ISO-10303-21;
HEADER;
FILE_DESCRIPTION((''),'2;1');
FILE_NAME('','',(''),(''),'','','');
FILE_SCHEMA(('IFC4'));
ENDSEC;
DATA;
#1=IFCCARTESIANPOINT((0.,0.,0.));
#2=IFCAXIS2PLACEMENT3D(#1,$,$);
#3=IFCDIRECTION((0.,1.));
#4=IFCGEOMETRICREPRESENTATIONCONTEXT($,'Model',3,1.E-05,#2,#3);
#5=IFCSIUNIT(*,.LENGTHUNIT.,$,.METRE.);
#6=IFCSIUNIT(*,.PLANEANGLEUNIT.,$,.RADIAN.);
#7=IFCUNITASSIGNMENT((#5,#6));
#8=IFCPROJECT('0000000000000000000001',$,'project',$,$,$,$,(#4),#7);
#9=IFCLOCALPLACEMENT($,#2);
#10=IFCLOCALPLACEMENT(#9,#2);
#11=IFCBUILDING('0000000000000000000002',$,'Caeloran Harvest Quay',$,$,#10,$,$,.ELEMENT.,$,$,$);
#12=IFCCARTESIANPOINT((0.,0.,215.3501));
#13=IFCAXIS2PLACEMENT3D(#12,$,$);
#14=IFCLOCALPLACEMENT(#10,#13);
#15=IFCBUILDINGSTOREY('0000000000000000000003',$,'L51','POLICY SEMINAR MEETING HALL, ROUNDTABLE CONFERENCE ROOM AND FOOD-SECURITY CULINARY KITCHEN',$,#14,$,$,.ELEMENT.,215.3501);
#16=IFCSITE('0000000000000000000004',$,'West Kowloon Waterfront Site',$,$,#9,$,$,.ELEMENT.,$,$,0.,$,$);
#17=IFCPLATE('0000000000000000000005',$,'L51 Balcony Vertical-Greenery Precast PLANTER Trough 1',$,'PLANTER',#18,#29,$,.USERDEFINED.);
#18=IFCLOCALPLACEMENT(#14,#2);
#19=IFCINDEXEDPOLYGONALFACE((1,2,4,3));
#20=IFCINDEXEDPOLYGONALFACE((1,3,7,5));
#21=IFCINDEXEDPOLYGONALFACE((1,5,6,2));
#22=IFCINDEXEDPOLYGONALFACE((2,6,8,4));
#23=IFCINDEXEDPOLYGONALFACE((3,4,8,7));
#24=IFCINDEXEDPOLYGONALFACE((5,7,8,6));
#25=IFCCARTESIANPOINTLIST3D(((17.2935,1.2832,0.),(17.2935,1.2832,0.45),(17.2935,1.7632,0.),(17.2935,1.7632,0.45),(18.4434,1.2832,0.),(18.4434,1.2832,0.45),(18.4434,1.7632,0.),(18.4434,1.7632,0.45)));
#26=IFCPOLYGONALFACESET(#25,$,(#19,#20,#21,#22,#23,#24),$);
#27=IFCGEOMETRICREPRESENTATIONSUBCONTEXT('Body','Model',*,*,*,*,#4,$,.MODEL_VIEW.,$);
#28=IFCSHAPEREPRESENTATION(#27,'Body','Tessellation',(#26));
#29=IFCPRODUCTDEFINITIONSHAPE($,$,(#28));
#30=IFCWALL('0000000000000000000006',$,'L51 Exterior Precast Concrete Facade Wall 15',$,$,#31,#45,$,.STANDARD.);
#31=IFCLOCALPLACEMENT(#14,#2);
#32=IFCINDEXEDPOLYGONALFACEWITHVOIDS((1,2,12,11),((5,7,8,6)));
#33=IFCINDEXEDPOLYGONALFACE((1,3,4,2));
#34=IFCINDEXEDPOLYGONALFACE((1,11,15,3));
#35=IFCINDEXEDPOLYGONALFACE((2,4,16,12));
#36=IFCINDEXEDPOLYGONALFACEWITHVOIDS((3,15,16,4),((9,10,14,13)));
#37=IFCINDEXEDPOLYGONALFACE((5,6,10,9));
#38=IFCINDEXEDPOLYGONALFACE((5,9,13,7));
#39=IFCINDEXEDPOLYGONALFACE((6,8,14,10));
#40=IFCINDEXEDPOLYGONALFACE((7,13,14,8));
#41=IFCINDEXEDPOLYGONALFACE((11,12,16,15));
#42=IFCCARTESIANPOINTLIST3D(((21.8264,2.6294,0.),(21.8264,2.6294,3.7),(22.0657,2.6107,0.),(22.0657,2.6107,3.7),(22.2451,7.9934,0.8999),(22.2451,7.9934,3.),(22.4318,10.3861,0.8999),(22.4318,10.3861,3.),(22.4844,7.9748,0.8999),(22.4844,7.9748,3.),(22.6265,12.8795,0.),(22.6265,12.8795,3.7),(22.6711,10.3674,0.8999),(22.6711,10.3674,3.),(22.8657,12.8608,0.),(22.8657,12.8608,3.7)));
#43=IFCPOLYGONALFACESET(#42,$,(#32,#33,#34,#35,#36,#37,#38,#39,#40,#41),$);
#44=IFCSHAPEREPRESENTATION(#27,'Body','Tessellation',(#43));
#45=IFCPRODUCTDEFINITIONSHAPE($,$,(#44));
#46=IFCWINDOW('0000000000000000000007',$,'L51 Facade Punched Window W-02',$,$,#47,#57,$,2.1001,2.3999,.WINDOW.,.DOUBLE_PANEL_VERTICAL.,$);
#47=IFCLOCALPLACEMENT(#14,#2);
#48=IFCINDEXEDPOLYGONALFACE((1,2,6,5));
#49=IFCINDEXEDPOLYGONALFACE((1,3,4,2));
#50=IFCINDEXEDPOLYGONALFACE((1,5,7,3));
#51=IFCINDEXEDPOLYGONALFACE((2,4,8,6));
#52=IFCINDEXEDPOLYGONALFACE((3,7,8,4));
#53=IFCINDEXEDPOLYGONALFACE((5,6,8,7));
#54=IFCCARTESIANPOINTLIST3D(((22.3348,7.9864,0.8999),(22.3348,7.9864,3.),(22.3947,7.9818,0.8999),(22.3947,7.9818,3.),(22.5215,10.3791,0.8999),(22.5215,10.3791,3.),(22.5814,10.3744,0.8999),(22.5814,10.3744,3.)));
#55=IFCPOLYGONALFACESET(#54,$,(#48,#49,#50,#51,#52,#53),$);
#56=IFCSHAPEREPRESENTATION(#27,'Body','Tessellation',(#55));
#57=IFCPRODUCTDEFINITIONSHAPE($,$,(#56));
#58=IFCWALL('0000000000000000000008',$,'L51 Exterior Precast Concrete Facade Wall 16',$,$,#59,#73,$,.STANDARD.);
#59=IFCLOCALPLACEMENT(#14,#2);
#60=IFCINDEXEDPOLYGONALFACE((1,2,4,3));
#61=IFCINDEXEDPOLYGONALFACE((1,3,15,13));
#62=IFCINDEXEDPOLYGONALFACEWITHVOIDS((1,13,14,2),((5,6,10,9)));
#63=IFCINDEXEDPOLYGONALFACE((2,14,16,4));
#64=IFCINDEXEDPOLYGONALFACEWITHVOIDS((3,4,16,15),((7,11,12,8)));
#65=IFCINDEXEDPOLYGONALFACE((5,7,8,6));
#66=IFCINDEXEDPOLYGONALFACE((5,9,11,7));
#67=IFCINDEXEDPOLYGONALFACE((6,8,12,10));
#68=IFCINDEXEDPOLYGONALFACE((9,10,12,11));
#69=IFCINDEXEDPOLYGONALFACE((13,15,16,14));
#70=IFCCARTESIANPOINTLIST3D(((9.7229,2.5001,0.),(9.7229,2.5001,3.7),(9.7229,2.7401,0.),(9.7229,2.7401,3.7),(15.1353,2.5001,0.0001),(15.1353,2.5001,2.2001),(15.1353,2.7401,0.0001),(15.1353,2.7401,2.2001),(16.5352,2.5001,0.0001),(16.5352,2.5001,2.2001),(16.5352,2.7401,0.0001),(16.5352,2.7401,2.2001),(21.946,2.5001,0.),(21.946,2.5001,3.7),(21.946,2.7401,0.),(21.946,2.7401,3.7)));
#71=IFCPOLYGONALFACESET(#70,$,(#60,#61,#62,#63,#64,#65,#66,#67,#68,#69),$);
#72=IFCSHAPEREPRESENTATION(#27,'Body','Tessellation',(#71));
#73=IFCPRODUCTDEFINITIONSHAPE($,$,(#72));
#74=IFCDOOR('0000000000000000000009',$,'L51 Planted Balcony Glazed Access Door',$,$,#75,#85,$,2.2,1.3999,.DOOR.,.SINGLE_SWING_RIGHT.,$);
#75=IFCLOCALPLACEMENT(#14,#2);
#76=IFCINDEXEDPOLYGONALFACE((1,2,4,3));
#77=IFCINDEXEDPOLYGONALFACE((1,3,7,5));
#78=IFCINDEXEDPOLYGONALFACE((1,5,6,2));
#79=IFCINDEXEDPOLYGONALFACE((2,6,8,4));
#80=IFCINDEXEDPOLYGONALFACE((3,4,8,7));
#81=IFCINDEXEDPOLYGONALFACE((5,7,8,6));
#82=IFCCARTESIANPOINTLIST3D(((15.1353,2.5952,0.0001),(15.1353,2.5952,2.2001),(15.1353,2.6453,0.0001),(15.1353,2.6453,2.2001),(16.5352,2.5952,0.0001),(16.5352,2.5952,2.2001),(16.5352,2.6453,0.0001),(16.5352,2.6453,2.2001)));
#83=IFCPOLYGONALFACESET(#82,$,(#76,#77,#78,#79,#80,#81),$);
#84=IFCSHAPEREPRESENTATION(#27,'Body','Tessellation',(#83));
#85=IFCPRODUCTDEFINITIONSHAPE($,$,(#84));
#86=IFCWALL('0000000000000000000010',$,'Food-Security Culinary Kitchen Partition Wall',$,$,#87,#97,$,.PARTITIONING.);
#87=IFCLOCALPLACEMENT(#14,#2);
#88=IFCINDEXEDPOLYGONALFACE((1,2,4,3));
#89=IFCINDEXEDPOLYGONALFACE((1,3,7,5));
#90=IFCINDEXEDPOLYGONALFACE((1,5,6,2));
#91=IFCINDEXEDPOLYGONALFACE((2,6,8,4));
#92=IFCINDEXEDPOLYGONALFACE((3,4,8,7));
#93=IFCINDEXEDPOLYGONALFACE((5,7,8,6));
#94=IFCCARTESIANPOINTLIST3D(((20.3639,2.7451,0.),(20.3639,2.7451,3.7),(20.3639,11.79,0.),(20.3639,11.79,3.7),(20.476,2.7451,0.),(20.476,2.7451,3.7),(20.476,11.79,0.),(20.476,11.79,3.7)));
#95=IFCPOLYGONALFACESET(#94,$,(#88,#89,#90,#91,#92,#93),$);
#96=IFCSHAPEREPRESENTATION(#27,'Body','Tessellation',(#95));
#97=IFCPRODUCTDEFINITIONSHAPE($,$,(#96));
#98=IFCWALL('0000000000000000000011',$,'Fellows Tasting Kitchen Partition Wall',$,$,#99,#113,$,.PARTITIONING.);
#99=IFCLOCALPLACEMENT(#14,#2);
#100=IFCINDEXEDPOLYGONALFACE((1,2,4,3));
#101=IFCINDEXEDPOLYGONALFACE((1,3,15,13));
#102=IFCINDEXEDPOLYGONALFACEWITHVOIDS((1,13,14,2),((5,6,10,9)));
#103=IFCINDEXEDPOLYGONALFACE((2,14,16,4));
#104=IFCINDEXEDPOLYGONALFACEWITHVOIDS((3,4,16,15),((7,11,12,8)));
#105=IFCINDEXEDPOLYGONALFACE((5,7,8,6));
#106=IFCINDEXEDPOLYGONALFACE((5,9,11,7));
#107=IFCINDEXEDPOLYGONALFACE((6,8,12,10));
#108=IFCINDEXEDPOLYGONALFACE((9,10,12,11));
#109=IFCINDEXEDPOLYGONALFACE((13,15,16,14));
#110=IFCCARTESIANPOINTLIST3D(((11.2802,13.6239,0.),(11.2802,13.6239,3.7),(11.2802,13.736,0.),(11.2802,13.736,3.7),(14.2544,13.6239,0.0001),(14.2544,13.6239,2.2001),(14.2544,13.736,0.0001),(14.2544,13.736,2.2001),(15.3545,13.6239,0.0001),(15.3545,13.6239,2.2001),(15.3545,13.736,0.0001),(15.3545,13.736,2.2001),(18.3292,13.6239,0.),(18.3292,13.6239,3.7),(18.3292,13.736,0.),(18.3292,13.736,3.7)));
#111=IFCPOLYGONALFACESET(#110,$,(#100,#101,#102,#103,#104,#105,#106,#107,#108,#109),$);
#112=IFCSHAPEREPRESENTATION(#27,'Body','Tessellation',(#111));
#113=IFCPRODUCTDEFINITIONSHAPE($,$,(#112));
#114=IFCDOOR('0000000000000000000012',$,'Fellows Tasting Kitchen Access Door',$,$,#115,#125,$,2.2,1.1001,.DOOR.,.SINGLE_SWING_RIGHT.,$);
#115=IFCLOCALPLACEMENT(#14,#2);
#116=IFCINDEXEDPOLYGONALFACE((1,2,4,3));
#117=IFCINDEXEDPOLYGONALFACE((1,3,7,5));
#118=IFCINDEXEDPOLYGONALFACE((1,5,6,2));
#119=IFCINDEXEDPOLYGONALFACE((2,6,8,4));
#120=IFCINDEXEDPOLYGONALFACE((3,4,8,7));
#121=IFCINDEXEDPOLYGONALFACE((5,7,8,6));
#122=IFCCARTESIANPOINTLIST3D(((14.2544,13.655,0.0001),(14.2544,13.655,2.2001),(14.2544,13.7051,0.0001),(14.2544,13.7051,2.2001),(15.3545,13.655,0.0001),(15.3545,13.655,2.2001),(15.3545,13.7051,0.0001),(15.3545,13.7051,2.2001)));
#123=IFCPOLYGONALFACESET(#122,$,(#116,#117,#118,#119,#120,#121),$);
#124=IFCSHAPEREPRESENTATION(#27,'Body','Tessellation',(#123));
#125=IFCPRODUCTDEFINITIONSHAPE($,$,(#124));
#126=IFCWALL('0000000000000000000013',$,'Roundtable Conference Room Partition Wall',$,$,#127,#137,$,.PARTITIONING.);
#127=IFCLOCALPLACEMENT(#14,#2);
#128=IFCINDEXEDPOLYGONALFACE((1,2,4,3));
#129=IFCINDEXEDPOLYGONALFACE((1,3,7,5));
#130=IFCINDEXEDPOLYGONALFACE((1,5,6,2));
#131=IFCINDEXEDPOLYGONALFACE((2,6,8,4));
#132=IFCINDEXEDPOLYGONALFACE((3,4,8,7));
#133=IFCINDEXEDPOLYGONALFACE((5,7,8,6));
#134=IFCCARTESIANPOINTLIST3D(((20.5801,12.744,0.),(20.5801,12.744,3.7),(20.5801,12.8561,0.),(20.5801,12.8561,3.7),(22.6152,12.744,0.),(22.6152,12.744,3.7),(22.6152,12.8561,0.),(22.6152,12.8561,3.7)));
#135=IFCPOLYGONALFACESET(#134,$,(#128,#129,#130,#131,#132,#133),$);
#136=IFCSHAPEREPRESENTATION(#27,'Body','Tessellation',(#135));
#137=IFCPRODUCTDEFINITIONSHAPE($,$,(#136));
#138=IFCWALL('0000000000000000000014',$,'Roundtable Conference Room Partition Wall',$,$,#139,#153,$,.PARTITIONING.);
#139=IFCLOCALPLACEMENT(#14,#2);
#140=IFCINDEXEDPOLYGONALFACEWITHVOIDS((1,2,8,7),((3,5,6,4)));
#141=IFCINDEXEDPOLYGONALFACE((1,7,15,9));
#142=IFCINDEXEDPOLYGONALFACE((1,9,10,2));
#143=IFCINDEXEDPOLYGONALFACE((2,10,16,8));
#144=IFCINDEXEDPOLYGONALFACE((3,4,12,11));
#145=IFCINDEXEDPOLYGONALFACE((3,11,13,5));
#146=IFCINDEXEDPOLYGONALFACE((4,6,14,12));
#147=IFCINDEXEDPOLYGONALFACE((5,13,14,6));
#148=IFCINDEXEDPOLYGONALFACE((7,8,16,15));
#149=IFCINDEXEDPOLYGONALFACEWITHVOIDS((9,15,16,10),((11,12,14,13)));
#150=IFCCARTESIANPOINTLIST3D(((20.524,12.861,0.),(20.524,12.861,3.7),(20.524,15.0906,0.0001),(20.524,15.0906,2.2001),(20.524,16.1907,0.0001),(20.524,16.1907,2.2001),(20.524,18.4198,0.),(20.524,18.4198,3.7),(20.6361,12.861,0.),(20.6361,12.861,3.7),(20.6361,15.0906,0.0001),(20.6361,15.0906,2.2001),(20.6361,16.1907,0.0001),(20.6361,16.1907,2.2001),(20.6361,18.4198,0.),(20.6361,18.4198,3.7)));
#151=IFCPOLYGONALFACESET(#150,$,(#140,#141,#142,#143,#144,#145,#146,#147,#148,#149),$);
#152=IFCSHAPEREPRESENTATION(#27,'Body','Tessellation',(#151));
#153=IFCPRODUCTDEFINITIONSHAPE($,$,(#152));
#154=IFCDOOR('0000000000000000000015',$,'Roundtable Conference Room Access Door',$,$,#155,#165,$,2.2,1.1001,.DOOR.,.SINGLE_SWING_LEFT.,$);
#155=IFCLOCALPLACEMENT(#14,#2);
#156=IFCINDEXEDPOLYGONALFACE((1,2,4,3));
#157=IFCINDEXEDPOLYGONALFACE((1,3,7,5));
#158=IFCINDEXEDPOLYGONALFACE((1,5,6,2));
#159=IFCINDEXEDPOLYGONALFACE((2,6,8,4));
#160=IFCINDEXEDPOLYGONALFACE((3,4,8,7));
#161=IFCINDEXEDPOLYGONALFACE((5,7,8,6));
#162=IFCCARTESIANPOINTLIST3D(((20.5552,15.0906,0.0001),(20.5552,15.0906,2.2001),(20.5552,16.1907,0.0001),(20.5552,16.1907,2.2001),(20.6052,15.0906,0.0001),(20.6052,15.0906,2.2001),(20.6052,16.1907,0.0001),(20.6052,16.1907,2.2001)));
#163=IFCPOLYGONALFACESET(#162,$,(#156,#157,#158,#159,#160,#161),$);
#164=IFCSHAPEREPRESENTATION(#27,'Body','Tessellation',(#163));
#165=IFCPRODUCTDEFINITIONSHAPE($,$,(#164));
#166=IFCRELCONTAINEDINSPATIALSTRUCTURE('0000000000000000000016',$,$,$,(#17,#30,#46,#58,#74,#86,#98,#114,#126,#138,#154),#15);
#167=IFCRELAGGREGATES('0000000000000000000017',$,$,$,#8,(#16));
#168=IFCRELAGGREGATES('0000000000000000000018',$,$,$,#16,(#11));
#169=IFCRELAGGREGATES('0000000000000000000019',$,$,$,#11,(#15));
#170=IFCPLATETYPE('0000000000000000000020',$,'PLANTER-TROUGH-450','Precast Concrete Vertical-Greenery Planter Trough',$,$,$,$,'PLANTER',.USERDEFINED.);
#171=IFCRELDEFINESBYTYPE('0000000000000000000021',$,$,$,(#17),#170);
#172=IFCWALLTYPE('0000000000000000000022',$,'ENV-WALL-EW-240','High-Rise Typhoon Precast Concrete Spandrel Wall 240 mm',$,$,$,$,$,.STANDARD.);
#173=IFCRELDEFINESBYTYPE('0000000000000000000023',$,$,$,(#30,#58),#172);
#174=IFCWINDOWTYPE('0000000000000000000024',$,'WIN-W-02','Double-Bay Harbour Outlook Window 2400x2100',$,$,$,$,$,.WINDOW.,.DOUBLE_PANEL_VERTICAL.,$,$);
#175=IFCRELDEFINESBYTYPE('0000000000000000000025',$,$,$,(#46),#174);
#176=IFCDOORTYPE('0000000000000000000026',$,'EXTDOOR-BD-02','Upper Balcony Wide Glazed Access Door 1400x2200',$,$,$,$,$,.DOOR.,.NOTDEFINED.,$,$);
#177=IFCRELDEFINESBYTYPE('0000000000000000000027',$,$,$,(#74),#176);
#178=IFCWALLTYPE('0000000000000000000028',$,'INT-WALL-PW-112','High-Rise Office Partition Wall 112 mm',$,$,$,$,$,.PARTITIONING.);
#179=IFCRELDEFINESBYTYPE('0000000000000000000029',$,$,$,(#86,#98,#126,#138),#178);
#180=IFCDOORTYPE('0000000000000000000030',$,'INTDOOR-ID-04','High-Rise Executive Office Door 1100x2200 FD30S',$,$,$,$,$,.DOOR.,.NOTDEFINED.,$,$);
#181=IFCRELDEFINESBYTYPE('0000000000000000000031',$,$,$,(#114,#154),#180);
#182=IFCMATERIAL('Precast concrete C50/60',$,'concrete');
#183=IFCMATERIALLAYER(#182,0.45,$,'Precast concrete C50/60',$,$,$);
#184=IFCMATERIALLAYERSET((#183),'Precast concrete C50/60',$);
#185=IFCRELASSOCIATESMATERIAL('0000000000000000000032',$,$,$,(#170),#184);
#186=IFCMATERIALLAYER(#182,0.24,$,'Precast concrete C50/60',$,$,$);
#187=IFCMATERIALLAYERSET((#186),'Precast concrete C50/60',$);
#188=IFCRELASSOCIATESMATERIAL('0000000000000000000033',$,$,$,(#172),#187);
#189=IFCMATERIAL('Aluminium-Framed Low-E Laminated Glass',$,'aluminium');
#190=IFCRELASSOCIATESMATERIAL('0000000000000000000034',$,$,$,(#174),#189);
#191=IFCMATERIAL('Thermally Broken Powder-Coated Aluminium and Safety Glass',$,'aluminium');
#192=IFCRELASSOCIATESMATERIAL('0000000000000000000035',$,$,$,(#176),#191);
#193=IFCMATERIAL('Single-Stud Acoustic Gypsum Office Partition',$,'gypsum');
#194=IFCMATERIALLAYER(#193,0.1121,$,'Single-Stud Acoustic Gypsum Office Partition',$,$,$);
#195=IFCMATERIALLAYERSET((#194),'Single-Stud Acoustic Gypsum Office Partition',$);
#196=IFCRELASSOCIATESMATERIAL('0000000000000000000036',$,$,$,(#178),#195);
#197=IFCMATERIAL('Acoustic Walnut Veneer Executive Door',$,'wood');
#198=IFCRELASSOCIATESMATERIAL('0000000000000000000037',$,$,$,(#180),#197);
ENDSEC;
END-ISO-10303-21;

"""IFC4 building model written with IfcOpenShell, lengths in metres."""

from ifc_helpers import new_model, si_unit, direction, frame, frame_2d, origin, origin_2d, place, context, subcontext, project, spatial, rectangle, extrude, material, layer, layer_set, type_object, element, fill, save


model = new_model("IFC4")

# Units and contexts
model_context = context("Model", 3, precision=1e-05, world=origin(), true_north=direction((0.0, 1.0)))
body_context = subcontext(model_context, "Body", "Model", "MODEL_VIEW")
ifc_project = project(units=[si_unit("LENGTHUNIT", "METRE"), si_unit("PLANEANGLEUNIT", "RADIAN")], contexts=[model_context])

# Site, building, storey
site_placement = place(None, origin())
site = spatial("IfcSite", under=ifc_project, at=site_placement, Name="West Kowloon Waterfront Site", CompositionType="ELEMENT", RefElevation=0.0)
building_placement = place(site_placement, origin())
building = spatial("IfcBuilding", under=site, at=building_placement, Name="Caeloran Harvest Quay", CompositionType="ELEMENT")
storey_placement = place(building_placement, frame((0.0, 0.0, 215.3501)))
storey = spatial("IfcBuildingStorey", under=building, at=storey_placement, Name="L51", Description="POLICY SEMINAR MEETING HALL, ROUNDTABLE CONFERENCE ROOM AND FOOD-SECURITY CULINARY KITCHEN", CompositionType="ELEMENT", Elevation=215.3501)

# Plate
ifc_material_1 = material(Name="Precast concrete C50/60", Category="concrete")
ifc_layer_1 = layer(ifc_material_1, 0.45, Name="Precast concrete C50/60")
ifc_layer_set_1 = layer_set([ifc_layer_1], Name="Precast concrete C50/60")
plate_type = type_object("IfcPlateType", Name="PLANTER-TROUGH-450", Description="Precast Concrete Vertical-Greenery Planter Trough", ElementType="PLANTER", PredefinedType="USERDEFINED", material=ifc_layer_set_1)
plate_placement = place(storey_placement, frame((17.8684, 1.5232, 0.0), z_axis=(0.0, 0.0, 1.0), x_axis=(1.0, 0.0, 0.0)))
element("IfcPlate", 1, at=plate_placement, inside=storey, type_object=plate_type, Name="L51 Balcony Vertical-Greenery Precast PLANTER Trough 1", ObjectType="PLANTER", PredefinedType="USERDEFINED", context=body_context, shape_type="SweptSolid", body=[
    extrude(rectangle(XDim=1.1499, YDim=0.48, at=origin_2d()), origin(), (0.0, 0.0, 1.0), 0.45),
])

# Wall, opening, window
ifc_layer_2 = layer(ifc_material_1, 0.24, Name="Precast concrete C50/60")
ifc_layer_set_2 = layer_set([ifc_layer_2], Name="Precast concrete C50/60")
wall_type_1 = type_object("IfcWallType", Name="ENV-WALL-EW-240", Description="High-Rise Typhoon Precast Concrete Spandrel Wall 240 mm", PredefinedType="STANDARD", material=ifc_layer_set_2)
wall_1_placement = place(storey_placement, frame((22.7461, 12.8701, 0.0), z_axis=(0.0, 0.0, 1.0), x_axis=(-0.077817, -0.996968, 0.0)))
wall_1 = element("IfcWall", 2, at=wall_1_placement, inside=storey, type_object=wall_type_1, Name="L51 Exterior Precast Concrete Facade Wall 15", PredefinedType="STANDARD", context=body_context, shape_type="SweptSolid", body=[
    extrude(rectangle(XDim=10.2812, YDim=0.24, at=frame_2d((5.1406, 0.0))), origin(), (0.0, 0.0, 1.0), 3.7),
])
opening_1_placement = place(wall_1_placement, frame((2.501, 0.0, 0.8999)))
opening_1 = element("IfcOpeningElement", 3, at=opening_1_placement, cuts=wall_1, PredefinedType="OPENING", context=body_context, shape_type="SweptSolid", body=[
    extrude(rectangle(XDim=2.3999, YDim=2.1001, at=frame_2d((1.2, 1.05))), frame((0.0, 0.1299, 0.0), z_axis=(0.0, -1.0, 0.0), x_axis=(1.0, 0.0, 0.0)), (0.0, 0.0, 1.0), 0.26),
])
ifc_material_2 = material(Name="Aluminium-Framed Low-E Laminated Glass", Category="aluminium")
window_type = type_object("IfcWindowType", Name="WIN-W-02", Description="Double-Bay Harbour Outlook Window 2400x2100", PartitioningType="DOUBLE_PANEL_VERTICAL", PredefinedType="WINDOW", material=ifc_material_2)
window_placement = place(opening_1_placement, origin())
window = element("IfcWindow", 4, at=window_placement, inside=storey, type_object=window_type, Name="L51 Facade Punched Window W-02", OverallHeight=2.1001, OverallWidth=2.3999, PartitioningType="DOUBLE_PANEL_VERTICAL", PredefinedType="WINDOW", context=body_context, shape_type="SweptSolid", body=[
    extrude(rectangle(XDim=2.3999, YDim=2.1001, at=frame_2d((1.2, 1.05))), frame((0.0, 0.03, 0.0), z_axis=(0.0, -1.0, 0.0), x_axis=(1.0, 0.0, 0.0)), (0.0, 0.0, 1.0), 0.0601),
])
fill(opening_1, window)

# Wall, opening, door
wall_2_placement = place(storey_placement, frame((21.946, 2.6201, 0.0), z_axis=(0.0, 0.0, 1.0), x_axis=(-1.0, 0.0, 0.0)))
wall_2 = element("IfcWall", 5, at=wall_2_placement, inside=storey, type_object=wall_type_1, Name="L51 Exterior Precast Concrete Facade Wall 16", PredefinedType="STANDARD", context=body_context, shape_type="SweptSolid", body=[
    extrude(rectangle(XDim=12.2231, YDim=0.24, at=frame_2d((6.1116, 0.0))), origin(), (0.0, 0.0, 1.0), 3.7),
])
opening_2_placement = place(wall_2_placement, frame((5.4109, 0.0, 0.0)))
opening_2 = element("IfcOpeningElement", 6, at=opening_2_placement, cuts=wall_2, PredefinedType="OPENING", context=body_context, shape_type="SweptSolid", body=[
    extrude(rectangle(XDim=1.3999, YDim=2.2, at=frame_2d((0.7, 1.1001))), frame((0.0, 0.1299, 0.0), z_axis=(0.0, -1.0, 0.0), x_axis=(1.0, 0.0, 0.0)), (0.0, 0.0, 1.0), 0.26),
])
ifc_material_3 = material(Name="Thermally Broken Powder-Coated Aluminium and Safety Glass", Category="aluminium")
door_type_1 = type_object("IfcDoorType", Name="EXTDOOR-BD-02", Description="Upper Balcony Wide Glazed Access Door 1400x2200", OperationType="NOTDEFINED", PredefinedType="DOOR", material=ifc_material_3)
door_1_placement = place(opening_2_placement, origin())
door_1 = element("IfcDoor", 7, at=door_1_placement, inside=storey, type_object=door_type_1, Name="L51 Planted Balcony Glazed Access Door", OperationType="SINGLE_SWING_RIGHT", OverallHeight=2.2, OverallWidth=1.3999, PredefinedType="DOOR", context=body_context, shape_type="SweptSolid", body=[
    extrude(rectangle(XDim=1.3999, YDim=2.2, at=frame_2d((0.7, 1.1001))), frame((0.0, 0.0249, 0.0), z_axis=(0.0, -1.0, 0.0), x_axis=(1.0, 0.0, 0.0)), (0.0, 0.0, 1.0), 0.05),
])
fill(opening_2, door_1)

# Wall
ifc_material_4 = material(Name="Single-Stud Acoustic Gypsum Office Partition", Category="gypsum")
ifc_layer_3 = layer(ifc_material_4, 0.1121, Name="Single-Stud Acoustic Gypsum Office Partition")
ifc_layer_set_3 = layer_set([ifc_layer_3], Name="Single-Stud Acoustic Gypsum Office Partition")
wall_type_2 = type_object("IfcWallType", Name="INT-WALL-PW-112", Description="High-Rise Office Partition Wall 112 mm", PredefinedType="PARTITIONING", material=ifc_layer_set_3)
wall_3_placement = place(storey_placement, frame((20.4199, 11.79, 0.0), z_axis=(0.0, 0.0, 1.0), x_axis=(0.0, -1.0, 0.0)))
element("IfcWall", 8, at=wall_3_placement, inside=storey, type_object=wall_type_2, Name="Food-Security Culinary Kitchen Partition Wall", PredefinedType="PARTITIONING", context=body_context, shape_type="SweptSolid", body=[
    extrude(rectangle(XDim=9.0449, YDim=0.1121, at=frame_2d((4.5225, 0.0))), origin(), (0.0, 0.0, 1.0), 3.7),
])

# Wall, opening, door
wall_4_placement = place(storey_placement, frame((18.3291, 13.6799, 0.0), z_axis=(0.0, 0.0, 1.0), x_axis=(-1.0, 0.0, 0.0)))
wall_4 = element("IfcWall", 9, at=wall_4_placement, inside=storey, type_object=wall_type_2, Name="Fellows Tasting Kitchen Partition Wall", PredefinedType="PARTITIONING", context=body_context, shape_type="SweptSolid", body=[
    extrude(rectangle(XDim=7.0491, YDim=0.1121, at=frame_2d((3.5244, 0.0))), origin(), (0.0, 0.0, 1.0), 3.7),
])
opening_3_placement = place(wall_4_placement, frame((2.9746, 0.0, 0.0)))
opening_3 = element("IfcOpeningElement", 10, at=opening_3_placement, cuts=wall_4, PredefinedType="OPENING", context=body_context, shape_type="SweptSolid", body=[
    extrude(rectangle(XDim=1.1001, YDim=2.2, at=frame_2d((0.55, 1.1001))), frame((0.0, 0.0659, 0.0), z_axis=(0.0, -1.0, 0.0), x_axis=(1.0, 0.0, 0.0)), (0.0, 0.0, 1.0), 0.1321),
])
ifc_material_5 = material(Name="Acoustic Walnut Veneer Executive Door", Category="wood")
door_type_2 = type_object("IfcDoorType", Name="INTDOOR-ID-04", Description="High-Rise Executive Office Door 1100x2200 FD30S", OperationType="NOTDEFINED", PredefinedType="DOOR", material=ifc_material_5)
door_2_placement = place(opening_3_placement, origin())
door_2 = element("IfcDoor", 11, at=door_2_placement, inside=storey, type_object=door_type_2, Name="Fellows Tasting Kitchen Access Door", OperationType="SINGLE_SWING_RIGHT", OverallHeight=2.2, OverallWidth=1.1001, PredefinedType="DOOR", context=body_context, shape_type="SweptSolid", body=[
    extrude(rectangle(XDim=1.1001, YDim=2.2, at=frame_2d((0.55, 1.1001))), frame((0.0, 0.0249, 0.0), z_axis=(0.0, -1.0, 0.0), x_axis=(1.0, 0.0, 0.0)), (0.0, 0.0, 1.0), 0.05),
])
fill(opening_3, door_2)

# Wall
wall_5_placement = place(storey_placement, frame((22.6152, 12.8, 0.0), z_axis=(0.0, 0.0, 1.0), x_axis=(-1.0, 0.0, 0.0)))
element("IfcWall", 12, at=wall_5_placement, inside=storey, type_object=wall_type_2, Name="Roundtable Conference Room Partition Wall", PredefinedType="PARTITIONING", context=body_context, shape_type="SweptSolid", body=[
    extrude(rectangle(XDim=2.0352, YDim=0.1121, at=frame_2d((1.0176, 0.0))), origin(), (0.0, 0.0, 1.0), 3.7),
])

# Wall, opening, door
wall_6_placement = place(storey_placement, frame((20.5801, 12.8611, 0.0), z_axis=(0.0, 0.0, 1.0), x_axis=(0.0, 1.0, 0.0)))
wall_6 = element("IfcWall", 13, at=wall_6_placement, inside=storey, type_object=wall_type_2, Name="Roundtable Conference Room Partition Wall", PredefinedType="PARTITIONING", context=body_context, shape_type="SweptSolid", body=[
    extrude(rectangle(XDim=5.5588, YDim=0.1121, at=frame_2d((2.7793, 0.0))), origin(), (0.0, 0.0, 1.0), 3.7),
])
opening_4_placement = place(wall_6_placement, frame((2.2295, 0.0, 0.0)))
opening_4 = element("IfcOpeningElement", 14, at=opening_4_placement, cuts=wall_6, PredefinedType="OPENING", context=body_context, shape_type="SweptSolid", body=[
    extrude(rectangle(XDim=1.1001, YDim=2.2, at=frame_2d((0.55, 1.1001))), frame((0.0, 0.0659, 0.0), z_axis=(0.0, -1.0, 0.0), x_axis=(1.0, 0.0, 0.0)), (0.0, 0.0, 1.0), 0.1321),
])
door_3_placement = place(opening_4_placement, origin())
door_3 = element("IfcDoor", 15, at=door_3_placement, inside=storey, type_object=door_type_2, Name="Roundtable Conference Room Access Door", OperationType="SINGLE_SWING_LEFT", OverallHeight=2.2, OverallWidth=1.1001, PredefinedType="DOOR", context=body_context, shape_type="SweptSolid", body=[
    extrude(rectangle(XDim=1.1001, YDim=2.2, at=frame_2d((0.55, 1.1001))), frame((0.0, 0.0249, 0.0), z_axis=(0.0, -1.0, 0.0), x_axis=(1.0, 0.0, 0.0)), (0.0, 0.0, 1.0), 0.05),
])
fill(opening_4, door_3)

save(model, "model.ifc")
